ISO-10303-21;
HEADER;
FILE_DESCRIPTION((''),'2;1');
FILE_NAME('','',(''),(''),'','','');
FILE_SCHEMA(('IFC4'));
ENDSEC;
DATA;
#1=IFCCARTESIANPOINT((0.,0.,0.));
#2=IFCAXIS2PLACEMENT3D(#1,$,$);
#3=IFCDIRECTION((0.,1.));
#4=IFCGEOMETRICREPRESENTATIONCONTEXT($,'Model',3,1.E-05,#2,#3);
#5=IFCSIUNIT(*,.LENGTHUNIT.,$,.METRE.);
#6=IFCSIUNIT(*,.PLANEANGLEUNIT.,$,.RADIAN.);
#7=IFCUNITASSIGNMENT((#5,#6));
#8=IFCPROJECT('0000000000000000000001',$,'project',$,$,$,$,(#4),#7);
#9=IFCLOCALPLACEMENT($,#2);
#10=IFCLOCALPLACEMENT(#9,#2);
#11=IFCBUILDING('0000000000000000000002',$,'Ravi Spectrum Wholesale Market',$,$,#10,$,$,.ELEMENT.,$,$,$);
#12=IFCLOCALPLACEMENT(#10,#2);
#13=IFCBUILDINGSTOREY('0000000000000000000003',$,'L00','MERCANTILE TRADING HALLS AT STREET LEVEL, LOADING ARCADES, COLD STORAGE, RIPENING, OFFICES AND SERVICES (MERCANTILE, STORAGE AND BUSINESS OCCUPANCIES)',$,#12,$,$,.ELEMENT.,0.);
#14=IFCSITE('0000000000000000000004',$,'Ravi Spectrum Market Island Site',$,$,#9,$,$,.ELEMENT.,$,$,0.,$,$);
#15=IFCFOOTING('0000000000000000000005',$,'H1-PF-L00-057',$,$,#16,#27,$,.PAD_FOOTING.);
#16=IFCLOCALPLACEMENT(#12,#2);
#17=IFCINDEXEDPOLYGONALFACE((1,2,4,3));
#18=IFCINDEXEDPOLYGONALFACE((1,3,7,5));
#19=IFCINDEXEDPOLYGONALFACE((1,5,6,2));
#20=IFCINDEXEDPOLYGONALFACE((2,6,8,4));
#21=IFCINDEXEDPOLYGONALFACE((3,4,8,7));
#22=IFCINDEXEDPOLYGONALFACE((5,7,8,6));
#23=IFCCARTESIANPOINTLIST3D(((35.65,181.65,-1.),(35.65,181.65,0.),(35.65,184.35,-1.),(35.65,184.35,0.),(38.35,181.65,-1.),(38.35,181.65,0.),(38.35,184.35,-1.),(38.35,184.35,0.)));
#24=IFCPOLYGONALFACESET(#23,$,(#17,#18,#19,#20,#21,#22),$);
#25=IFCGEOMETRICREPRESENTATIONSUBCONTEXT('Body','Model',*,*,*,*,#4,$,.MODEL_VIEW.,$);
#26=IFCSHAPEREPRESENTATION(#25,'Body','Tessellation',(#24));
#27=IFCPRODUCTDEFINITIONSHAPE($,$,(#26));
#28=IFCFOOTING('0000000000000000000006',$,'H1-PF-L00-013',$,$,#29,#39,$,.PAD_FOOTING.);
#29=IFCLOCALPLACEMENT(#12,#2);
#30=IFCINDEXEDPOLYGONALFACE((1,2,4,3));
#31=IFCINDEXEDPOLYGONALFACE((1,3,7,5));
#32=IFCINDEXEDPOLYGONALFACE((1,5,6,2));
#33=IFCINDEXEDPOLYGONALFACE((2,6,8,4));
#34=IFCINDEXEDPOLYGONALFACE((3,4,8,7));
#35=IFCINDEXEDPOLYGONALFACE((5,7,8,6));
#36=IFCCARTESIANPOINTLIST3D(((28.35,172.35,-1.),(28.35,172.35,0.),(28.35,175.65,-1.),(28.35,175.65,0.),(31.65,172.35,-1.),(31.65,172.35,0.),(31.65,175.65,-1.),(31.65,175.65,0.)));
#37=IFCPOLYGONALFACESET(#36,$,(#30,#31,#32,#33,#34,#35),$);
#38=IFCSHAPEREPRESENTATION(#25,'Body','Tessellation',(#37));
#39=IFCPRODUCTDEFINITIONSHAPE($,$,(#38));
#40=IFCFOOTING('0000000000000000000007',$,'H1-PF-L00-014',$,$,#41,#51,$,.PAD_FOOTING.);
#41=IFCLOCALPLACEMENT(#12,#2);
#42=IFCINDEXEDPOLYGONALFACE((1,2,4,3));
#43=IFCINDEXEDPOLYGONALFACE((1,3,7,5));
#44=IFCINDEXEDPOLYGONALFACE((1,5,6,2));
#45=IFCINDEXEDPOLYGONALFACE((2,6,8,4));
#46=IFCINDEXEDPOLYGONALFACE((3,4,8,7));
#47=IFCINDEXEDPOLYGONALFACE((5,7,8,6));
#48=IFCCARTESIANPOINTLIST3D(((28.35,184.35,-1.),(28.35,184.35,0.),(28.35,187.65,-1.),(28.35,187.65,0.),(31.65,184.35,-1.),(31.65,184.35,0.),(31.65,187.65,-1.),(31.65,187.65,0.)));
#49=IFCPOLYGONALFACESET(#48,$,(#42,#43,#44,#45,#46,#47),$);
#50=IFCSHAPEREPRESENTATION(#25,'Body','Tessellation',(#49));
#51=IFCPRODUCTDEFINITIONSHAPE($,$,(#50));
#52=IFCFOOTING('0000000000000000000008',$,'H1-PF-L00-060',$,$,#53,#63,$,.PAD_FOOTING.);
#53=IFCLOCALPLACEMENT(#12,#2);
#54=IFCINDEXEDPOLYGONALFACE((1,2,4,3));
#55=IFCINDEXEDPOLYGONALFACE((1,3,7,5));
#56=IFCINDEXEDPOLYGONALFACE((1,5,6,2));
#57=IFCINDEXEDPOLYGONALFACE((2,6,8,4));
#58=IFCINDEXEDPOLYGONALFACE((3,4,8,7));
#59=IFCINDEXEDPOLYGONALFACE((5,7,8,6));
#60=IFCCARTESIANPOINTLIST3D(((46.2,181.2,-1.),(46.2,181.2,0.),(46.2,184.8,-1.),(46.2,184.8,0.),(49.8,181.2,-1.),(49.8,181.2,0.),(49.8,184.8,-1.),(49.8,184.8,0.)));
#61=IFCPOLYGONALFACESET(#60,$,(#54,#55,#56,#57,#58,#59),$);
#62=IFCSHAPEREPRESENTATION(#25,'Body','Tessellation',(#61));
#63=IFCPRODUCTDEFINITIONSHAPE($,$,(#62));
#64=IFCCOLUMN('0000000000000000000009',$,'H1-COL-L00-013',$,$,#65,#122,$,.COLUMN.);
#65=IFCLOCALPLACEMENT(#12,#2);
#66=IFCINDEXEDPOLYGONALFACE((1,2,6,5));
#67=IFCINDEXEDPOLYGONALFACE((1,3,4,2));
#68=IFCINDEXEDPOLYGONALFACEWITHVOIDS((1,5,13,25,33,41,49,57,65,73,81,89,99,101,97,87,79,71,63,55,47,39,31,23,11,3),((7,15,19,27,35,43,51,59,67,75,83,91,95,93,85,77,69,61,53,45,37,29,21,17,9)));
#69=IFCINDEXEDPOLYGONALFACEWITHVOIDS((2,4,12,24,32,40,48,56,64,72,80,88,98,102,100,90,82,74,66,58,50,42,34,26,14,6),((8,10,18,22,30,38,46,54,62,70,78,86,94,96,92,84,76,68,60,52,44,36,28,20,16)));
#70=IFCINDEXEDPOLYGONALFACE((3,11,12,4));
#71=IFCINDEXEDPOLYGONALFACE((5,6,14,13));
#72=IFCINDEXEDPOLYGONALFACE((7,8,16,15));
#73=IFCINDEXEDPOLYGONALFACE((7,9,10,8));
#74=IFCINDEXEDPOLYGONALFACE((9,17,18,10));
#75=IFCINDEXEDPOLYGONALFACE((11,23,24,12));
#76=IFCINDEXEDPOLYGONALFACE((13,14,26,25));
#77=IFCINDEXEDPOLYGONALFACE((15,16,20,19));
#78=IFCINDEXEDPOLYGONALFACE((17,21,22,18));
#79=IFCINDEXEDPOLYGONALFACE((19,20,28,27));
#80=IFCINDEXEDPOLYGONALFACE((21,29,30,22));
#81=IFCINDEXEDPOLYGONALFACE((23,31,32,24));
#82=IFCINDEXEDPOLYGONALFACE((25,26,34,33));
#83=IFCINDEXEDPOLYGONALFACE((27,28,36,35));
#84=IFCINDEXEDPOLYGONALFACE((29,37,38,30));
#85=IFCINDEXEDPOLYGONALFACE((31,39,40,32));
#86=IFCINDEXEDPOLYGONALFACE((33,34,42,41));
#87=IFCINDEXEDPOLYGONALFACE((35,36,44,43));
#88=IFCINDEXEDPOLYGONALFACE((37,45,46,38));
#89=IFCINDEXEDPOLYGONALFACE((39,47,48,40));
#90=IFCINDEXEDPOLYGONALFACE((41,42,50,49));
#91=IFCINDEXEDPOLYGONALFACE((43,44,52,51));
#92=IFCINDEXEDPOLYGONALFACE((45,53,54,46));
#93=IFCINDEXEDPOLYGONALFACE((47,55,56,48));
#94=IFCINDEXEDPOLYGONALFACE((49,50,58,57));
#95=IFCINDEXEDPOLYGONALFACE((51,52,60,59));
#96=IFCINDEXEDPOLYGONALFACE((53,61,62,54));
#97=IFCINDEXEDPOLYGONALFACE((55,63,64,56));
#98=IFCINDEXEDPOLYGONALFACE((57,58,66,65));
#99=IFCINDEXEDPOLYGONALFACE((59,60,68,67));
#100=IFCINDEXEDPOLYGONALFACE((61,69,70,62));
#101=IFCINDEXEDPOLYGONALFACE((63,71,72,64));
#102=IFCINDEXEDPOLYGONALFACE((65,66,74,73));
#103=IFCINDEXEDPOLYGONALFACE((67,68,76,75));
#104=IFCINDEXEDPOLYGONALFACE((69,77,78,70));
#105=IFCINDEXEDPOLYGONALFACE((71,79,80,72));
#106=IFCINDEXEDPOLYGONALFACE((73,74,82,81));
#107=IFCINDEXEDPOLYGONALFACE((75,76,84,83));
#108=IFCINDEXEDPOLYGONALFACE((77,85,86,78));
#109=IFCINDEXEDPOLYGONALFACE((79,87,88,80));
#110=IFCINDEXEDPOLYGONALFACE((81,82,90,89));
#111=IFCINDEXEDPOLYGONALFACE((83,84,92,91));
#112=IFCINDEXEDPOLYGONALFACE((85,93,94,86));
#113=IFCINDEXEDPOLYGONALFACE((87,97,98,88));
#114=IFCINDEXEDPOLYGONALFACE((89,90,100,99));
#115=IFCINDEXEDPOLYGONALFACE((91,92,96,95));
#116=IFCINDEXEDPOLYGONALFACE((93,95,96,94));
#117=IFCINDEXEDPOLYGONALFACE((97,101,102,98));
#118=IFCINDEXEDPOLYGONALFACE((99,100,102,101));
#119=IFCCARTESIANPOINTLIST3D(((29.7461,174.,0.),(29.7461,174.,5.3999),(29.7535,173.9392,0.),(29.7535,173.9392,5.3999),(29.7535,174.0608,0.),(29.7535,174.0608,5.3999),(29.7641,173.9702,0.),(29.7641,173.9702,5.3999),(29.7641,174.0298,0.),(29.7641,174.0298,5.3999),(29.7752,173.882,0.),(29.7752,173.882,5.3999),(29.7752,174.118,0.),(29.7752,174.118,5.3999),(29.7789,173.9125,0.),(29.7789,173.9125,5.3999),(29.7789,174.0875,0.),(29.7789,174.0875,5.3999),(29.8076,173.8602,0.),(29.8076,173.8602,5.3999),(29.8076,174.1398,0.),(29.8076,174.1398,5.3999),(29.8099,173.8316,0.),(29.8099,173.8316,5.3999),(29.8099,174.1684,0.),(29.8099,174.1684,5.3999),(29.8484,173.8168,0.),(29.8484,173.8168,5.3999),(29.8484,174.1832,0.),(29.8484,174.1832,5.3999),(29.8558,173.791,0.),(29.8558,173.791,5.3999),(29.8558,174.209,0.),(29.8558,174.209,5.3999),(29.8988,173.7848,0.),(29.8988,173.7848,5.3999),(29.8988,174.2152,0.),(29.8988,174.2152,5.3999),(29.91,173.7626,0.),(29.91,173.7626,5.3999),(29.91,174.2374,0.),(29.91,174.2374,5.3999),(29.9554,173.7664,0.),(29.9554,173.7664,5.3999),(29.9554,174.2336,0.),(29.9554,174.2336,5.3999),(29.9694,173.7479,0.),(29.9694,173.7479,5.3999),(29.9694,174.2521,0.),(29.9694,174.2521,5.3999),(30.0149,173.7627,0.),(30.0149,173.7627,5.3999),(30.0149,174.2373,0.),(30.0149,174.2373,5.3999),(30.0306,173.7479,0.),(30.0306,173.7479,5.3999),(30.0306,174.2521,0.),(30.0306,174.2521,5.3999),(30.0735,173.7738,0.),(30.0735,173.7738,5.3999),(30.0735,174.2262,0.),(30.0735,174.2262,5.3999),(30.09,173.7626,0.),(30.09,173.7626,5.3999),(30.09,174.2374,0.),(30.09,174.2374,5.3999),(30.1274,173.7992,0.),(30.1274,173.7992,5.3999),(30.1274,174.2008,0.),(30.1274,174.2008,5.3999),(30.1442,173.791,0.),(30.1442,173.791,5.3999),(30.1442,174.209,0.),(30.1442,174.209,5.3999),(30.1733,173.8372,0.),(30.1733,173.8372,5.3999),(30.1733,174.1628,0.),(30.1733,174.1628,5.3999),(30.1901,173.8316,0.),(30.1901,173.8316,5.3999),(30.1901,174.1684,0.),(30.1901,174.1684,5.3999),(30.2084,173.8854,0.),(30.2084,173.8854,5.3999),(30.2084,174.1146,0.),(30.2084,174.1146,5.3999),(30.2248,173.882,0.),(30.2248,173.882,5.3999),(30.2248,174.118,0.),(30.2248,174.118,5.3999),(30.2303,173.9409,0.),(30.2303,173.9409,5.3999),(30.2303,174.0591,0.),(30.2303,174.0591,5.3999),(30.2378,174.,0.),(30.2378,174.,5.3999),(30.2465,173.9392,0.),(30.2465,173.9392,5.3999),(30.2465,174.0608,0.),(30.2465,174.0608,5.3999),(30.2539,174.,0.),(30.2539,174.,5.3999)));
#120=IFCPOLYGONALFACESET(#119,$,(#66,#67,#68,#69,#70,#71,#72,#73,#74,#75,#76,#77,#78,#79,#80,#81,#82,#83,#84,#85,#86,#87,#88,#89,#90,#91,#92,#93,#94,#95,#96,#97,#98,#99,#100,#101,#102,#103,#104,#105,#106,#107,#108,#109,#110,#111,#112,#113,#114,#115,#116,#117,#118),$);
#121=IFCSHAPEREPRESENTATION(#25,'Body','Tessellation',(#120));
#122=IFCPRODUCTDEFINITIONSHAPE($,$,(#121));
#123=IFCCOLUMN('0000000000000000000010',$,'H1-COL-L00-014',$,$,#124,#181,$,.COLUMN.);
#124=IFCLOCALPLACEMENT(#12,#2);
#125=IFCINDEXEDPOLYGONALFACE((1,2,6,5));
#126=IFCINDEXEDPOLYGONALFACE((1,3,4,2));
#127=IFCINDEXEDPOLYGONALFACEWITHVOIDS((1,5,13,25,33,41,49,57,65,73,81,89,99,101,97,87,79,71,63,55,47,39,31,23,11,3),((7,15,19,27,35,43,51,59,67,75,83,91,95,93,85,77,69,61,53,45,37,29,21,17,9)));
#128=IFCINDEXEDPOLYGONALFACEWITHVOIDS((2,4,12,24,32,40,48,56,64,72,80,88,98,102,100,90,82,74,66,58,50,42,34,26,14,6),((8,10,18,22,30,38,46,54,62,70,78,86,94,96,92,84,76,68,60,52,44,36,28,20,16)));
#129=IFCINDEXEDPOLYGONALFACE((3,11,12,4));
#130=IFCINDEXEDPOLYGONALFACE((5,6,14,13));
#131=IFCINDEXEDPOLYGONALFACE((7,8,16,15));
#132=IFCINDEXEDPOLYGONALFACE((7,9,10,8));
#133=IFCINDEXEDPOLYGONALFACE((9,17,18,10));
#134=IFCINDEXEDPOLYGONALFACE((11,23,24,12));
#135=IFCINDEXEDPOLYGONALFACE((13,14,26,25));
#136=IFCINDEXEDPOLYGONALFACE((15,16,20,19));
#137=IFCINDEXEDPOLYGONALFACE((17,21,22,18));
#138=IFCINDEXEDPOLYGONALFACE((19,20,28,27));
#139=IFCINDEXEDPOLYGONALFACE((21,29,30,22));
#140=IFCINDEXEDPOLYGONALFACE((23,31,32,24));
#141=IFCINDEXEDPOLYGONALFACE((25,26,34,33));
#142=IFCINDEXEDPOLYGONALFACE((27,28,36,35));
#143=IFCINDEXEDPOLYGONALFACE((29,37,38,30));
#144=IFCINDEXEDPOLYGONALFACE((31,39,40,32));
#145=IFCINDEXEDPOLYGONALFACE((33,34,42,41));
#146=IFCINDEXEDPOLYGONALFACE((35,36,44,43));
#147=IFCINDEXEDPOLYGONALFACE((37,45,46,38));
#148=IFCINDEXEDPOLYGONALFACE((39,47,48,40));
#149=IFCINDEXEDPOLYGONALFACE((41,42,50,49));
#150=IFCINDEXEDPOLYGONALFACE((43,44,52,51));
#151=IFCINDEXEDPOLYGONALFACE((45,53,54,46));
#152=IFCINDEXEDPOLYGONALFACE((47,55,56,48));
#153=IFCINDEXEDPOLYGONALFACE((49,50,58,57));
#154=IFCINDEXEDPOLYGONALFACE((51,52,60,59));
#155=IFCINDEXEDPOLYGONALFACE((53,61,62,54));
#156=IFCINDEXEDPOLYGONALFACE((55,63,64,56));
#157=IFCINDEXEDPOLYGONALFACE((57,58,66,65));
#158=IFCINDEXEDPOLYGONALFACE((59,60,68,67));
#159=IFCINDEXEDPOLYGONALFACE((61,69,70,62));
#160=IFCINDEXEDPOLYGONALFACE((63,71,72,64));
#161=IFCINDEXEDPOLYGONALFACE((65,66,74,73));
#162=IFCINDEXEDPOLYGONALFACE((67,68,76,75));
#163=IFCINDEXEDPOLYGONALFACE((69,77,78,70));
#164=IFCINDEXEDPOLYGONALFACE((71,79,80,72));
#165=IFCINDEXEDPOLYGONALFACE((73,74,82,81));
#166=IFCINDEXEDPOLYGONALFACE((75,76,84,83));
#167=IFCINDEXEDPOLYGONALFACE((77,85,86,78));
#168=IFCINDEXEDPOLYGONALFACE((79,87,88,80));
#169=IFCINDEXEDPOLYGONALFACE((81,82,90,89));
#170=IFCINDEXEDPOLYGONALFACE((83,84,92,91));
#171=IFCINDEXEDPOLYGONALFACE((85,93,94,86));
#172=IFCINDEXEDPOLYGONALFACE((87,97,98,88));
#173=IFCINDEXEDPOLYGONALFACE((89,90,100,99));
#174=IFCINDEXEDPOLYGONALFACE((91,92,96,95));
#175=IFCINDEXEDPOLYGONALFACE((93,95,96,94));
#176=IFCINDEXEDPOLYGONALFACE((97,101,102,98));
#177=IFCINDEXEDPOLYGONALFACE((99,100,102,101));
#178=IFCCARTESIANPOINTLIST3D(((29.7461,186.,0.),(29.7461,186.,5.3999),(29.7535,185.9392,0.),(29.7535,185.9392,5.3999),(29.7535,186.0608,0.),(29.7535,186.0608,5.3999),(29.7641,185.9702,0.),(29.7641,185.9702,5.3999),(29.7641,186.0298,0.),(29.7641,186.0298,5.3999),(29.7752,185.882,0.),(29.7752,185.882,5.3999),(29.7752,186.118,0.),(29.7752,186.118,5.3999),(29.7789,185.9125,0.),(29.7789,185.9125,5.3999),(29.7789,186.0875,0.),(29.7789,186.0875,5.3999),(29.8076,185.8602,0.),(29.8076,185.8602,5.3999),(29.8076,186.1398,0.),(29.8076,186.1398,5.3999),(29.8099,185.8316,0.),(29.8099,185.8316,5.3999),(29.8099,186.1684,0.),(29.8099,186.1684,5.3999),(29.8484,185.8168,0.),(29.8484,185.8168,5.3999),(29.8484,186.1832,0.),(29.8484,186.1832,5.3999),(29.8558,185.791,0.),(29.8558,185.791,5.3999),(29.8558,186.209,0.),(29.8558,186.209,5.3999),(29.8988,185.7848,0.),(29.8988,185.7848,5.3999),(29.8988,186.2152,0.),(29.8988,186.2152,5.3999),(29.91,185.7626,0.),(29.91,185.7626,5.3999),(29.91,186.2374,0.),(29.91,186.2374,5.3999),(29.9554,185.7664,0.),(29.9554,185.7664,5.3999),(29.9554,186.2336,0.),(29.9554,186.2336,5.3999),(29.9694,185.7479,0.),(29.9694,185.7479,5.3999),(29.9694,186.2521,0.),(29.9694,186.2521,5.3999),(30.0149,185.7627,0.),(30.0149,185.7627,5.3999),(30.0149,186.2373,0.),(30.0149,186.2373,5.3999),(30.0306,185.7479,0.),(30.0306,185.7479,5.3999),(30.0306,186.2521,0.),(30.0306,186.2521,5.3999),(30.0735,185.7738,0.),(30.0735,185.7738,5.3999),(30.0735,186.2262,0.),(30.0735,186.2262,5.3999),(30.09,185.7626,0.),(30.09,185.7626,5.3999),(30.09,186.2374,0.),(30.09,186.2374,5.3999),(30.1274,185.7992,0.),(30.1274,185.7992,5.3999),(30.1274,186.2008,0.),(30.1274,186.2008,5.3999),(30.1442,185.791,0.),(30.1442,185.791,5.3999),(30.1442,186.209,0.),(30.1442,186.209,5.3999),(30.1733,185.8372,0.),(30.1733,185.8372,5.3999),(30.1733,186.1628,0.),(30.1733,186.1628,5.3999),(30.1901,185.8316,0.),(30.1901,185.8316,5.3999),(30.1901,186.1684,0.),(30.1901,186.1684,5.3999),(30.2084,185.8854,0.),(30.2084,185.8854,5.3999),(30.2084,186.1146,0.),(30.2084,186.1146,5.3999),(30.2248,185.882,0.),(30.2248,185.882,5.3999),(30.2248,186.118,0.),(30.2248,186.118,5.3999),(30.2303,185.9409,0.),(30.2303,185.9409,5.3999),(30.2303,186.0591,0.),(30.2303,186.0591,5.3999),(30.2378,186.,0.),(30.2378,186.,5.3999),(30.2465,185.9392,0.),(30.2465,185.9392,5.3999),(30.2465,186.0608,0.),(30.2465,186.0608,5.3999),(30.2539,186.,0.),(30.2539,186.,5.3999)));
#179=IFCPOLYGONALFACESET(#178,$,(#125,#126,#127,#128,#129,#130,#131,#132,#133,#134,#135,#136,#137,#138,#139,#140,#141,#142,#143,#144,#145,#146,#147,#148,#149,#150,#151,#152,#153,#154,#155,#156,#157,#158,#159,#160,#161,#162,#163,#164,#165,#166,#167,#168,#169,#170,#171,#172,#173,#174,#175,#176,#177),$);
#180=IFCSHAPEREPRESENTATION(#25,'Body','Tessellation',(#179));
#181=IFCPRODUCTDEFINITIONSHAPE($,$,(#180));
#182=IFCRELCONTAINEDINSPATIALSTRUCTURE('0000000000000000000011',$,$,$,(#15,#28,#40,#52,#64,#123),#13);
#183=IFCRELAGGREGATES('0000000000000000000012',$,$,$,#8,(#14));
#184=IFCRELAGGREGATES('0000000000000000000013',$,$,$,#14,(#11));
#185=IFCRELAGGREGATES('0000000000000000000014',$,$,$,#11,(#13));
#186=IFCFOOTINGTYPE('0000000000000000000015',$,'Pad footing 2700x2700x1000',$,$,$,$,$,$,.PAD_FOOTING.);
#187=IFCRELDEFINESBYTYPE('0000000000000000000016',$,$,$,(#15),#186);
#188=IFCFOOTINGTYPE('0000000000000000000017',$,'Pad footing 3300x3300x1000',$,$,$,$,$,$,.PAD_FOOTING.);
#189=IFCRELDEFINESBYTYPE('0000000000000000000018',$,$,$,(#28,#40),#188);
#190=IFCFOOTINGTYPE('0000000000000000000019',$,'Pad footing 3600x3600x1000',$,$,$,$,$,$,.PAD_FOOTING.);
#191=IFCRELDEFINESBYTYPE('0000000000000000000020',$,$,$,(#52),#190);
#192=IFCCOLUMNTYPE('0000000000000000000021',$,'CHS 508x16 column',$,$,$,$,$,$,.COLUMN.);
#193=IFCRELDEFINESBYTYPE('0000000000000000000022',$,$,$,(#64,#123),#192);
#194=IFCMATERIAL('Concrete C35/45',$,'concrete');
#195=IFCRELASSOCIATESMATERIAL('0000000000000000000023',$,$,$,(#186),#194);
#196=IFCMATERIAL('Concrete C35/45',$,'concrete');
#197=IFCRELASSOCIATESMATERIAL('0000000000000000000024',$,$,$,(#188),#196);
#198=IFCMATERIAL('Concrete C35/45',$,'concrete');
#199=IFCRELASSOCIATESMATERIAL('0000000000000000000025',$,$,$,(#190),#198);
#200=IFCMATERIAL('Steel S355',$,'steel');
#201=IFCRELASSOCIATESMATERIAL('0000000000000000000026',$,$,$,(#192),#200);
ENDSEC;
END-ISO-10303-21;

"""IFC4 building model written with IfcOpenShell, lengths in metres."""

from ifc_helpers import new_model, si_unit, direction, frame, origin, origin_2d, place, context, subcontext, project, spatial, rectangle, hollow_circle, extrude, material, material_profile, profile_set, type_object, element, save


model = new_model("IFC4")

# Units and contexts
model_context = context("Model", 3, precision=1e-05, world=origin(), true_north=direction((0.0, 1.0)))
body_context = subcontext(model_context, "Body", "Model", "MODEL_VIEW")
ifc_project = project(units=[si_unit("LENGTHUNIT", "METRE"), si_unit("PLANEANGLEUNIT", "RADIAN")], contexts=[model_context])

# Site, building, storey
site_placement = place(None, origin())
site = spatial("IfcSite", under=ifc_project, at=site_placement, Name="Ravi Spectrum Market Island Site", CompositionType="ELEMENT", RefElevation=0.0)
building_placement = place(site_placement, origin())
building = spatial("IfcBuilding", under=site, at=building_placement, Name="Ravi Spectrum Wholesale Market", CompositionType="ELEMENT")
storey_placement = place(building_placement, origin())
storey = spatial("IfcBuildingStorey", under=building, at=storey_placement, Name="L00", Description="MERCANTILE TRADING HALLS AT STREET LEVEL, LOADING ARCADES, COLD STORAGE, RIPENING, OFFICES AND SERVICES (MERCANTILE, STORAGE AND BUSINESS OCCUPANCIES)", CompositionType="ELEMENT", Elevation=0.0)

# Footings
ifc_material_1 = material(Name="Concrete C35/45", Category="concrete")
footing_type_1 = type_object("IfcFootingType", Name="Pad footing 2700x2700x1000", PredefinedType="PAD_FOOTING", material=ifc_material_1)
footing_1_placement = place(storey_placement, frame((37.0, 183.0, -1.0), z_axis=(0.0, 0.0, 1.0), x_axis=(1.0, 0.0, 0.0)))
element("IfcFooting", 1, at=footing_1_placement, inside=storey, type_object=footing_type_1, Name="H1-PF-L00-057", PredefinedType="PAD_FOOTING", context=body_context, shape_type="SweptSolid", body=[
    extrude(rectangle(XDim=2.7, YDim=2.7, at=origin_2d()), origin(), (0.0, 0.0, 1.0), 1.0),
])
ifc_material_2 = material(Name="Concrete C35/45", Category="concrete")
footing_type_2 = type_object("IfcFootingType", Name="Pad footing 3300x3300x1000", PredefinedType="PAD_FOOTING", material=ifc_material_2)
for number, where, z_axis, x_axis, name in (
    (2, (30.0, 174.0, -1.0), (0.0, 0.0, 1.0), (1.0, 0.0, 0.0), "H1-PF-L00-013"),
    (3, (30.0, 186.0, -1.0), (0.0, 0.0, 1.0), (1.0, 0.0, 0.0), "H1-PF-L00-014"),
):
    element("IfcFooting", number, at=place(storey_placement, frame(where, z_axis=z_axis, x_axis=x_axis)), inside=storey, type_object=footing_type_2, Name=name, PredefinedType="PAD_FOOTING", context=body_context, shape_type="SweptSolid", body=[
        extrude(rectangle(XDim=3.3, YDim=3.3, at=origin_2d()), origin(), (0.0, 0.0, 1.0), 1.0),
    ])
ifc_material_3 = material(Name="Concrete C35/45", Category="concrete")
footing_type_3 = type_object("IfcFootingType", Name="Pad footing 3600x3600x1000", PredefinedType="PAD_FOOTING", material=ifc_material_3)
footing_2_placement = place(storey_placement, frame((48.0, 183.0, -1.0), z_axis=(0.0, 0.0, 1.0), x_axis=(1.0, 0.0, 0.0)))
element("IfcFooting", 4, at=footing_2_placement, inside=storey, type_object=footing_type_3, Name="H1-PF-L00-060", PredefinedType="PAD_FOOTING", context=body_context, shape_type="SweptSolid", body=[
    extrude(rectangle(XDim=3.6001, YDim=3.6001, at=origin_2d()), origin(), (0.0, 0.0, 1.0), 1.0),
])

# Columns
ifc_material_4 = material(Name="Steel S355", Category="steel")
ifc_material_profile_1 = material_profile(ifc_material_4, hollow_circle(Radius=0.2539, WallThickness=0.0161, at=origin_2d()))
ifc_profile_set_1 = profile_set([ifc_material_profile_1], Name="Steel S355")
column_type_1 = type_object("IfcColumnType", Name="CHS 508x16 column", PredefinedType="COLUMN", material=ifc_profile_set_1)
for number, where, z_axis, x_axis, name in (
    (5, (30.0, 174.0, 0.0), (0.0, 0.0, 1.0), (1.0, 0.0, 0.0), "H1-COL-L00-013"),
    (6, (30.0, 186.0, 0.0), (0.0, 0.0, 1.0), (1.0, 0.0, 0.0), "H1-COL-L00-014"),
):
    element("IfcColumn", number, at=place(storey_placement, frame(where, z_axis=z_axis, x_axis=x_axis)), inside=storey, type_object=column_type_1, Name=name, PredefinedType="COLUMN", context=body_context, shape_type="SweptSolid", body=[
        extrude(hollow_circle(Radius=0.2539, WallThickness=0.0161, at=origin_2d()), origin(), (0.0, 0.0, 1.0), 5.3999),
    ])

save(model, "model.ifc")
